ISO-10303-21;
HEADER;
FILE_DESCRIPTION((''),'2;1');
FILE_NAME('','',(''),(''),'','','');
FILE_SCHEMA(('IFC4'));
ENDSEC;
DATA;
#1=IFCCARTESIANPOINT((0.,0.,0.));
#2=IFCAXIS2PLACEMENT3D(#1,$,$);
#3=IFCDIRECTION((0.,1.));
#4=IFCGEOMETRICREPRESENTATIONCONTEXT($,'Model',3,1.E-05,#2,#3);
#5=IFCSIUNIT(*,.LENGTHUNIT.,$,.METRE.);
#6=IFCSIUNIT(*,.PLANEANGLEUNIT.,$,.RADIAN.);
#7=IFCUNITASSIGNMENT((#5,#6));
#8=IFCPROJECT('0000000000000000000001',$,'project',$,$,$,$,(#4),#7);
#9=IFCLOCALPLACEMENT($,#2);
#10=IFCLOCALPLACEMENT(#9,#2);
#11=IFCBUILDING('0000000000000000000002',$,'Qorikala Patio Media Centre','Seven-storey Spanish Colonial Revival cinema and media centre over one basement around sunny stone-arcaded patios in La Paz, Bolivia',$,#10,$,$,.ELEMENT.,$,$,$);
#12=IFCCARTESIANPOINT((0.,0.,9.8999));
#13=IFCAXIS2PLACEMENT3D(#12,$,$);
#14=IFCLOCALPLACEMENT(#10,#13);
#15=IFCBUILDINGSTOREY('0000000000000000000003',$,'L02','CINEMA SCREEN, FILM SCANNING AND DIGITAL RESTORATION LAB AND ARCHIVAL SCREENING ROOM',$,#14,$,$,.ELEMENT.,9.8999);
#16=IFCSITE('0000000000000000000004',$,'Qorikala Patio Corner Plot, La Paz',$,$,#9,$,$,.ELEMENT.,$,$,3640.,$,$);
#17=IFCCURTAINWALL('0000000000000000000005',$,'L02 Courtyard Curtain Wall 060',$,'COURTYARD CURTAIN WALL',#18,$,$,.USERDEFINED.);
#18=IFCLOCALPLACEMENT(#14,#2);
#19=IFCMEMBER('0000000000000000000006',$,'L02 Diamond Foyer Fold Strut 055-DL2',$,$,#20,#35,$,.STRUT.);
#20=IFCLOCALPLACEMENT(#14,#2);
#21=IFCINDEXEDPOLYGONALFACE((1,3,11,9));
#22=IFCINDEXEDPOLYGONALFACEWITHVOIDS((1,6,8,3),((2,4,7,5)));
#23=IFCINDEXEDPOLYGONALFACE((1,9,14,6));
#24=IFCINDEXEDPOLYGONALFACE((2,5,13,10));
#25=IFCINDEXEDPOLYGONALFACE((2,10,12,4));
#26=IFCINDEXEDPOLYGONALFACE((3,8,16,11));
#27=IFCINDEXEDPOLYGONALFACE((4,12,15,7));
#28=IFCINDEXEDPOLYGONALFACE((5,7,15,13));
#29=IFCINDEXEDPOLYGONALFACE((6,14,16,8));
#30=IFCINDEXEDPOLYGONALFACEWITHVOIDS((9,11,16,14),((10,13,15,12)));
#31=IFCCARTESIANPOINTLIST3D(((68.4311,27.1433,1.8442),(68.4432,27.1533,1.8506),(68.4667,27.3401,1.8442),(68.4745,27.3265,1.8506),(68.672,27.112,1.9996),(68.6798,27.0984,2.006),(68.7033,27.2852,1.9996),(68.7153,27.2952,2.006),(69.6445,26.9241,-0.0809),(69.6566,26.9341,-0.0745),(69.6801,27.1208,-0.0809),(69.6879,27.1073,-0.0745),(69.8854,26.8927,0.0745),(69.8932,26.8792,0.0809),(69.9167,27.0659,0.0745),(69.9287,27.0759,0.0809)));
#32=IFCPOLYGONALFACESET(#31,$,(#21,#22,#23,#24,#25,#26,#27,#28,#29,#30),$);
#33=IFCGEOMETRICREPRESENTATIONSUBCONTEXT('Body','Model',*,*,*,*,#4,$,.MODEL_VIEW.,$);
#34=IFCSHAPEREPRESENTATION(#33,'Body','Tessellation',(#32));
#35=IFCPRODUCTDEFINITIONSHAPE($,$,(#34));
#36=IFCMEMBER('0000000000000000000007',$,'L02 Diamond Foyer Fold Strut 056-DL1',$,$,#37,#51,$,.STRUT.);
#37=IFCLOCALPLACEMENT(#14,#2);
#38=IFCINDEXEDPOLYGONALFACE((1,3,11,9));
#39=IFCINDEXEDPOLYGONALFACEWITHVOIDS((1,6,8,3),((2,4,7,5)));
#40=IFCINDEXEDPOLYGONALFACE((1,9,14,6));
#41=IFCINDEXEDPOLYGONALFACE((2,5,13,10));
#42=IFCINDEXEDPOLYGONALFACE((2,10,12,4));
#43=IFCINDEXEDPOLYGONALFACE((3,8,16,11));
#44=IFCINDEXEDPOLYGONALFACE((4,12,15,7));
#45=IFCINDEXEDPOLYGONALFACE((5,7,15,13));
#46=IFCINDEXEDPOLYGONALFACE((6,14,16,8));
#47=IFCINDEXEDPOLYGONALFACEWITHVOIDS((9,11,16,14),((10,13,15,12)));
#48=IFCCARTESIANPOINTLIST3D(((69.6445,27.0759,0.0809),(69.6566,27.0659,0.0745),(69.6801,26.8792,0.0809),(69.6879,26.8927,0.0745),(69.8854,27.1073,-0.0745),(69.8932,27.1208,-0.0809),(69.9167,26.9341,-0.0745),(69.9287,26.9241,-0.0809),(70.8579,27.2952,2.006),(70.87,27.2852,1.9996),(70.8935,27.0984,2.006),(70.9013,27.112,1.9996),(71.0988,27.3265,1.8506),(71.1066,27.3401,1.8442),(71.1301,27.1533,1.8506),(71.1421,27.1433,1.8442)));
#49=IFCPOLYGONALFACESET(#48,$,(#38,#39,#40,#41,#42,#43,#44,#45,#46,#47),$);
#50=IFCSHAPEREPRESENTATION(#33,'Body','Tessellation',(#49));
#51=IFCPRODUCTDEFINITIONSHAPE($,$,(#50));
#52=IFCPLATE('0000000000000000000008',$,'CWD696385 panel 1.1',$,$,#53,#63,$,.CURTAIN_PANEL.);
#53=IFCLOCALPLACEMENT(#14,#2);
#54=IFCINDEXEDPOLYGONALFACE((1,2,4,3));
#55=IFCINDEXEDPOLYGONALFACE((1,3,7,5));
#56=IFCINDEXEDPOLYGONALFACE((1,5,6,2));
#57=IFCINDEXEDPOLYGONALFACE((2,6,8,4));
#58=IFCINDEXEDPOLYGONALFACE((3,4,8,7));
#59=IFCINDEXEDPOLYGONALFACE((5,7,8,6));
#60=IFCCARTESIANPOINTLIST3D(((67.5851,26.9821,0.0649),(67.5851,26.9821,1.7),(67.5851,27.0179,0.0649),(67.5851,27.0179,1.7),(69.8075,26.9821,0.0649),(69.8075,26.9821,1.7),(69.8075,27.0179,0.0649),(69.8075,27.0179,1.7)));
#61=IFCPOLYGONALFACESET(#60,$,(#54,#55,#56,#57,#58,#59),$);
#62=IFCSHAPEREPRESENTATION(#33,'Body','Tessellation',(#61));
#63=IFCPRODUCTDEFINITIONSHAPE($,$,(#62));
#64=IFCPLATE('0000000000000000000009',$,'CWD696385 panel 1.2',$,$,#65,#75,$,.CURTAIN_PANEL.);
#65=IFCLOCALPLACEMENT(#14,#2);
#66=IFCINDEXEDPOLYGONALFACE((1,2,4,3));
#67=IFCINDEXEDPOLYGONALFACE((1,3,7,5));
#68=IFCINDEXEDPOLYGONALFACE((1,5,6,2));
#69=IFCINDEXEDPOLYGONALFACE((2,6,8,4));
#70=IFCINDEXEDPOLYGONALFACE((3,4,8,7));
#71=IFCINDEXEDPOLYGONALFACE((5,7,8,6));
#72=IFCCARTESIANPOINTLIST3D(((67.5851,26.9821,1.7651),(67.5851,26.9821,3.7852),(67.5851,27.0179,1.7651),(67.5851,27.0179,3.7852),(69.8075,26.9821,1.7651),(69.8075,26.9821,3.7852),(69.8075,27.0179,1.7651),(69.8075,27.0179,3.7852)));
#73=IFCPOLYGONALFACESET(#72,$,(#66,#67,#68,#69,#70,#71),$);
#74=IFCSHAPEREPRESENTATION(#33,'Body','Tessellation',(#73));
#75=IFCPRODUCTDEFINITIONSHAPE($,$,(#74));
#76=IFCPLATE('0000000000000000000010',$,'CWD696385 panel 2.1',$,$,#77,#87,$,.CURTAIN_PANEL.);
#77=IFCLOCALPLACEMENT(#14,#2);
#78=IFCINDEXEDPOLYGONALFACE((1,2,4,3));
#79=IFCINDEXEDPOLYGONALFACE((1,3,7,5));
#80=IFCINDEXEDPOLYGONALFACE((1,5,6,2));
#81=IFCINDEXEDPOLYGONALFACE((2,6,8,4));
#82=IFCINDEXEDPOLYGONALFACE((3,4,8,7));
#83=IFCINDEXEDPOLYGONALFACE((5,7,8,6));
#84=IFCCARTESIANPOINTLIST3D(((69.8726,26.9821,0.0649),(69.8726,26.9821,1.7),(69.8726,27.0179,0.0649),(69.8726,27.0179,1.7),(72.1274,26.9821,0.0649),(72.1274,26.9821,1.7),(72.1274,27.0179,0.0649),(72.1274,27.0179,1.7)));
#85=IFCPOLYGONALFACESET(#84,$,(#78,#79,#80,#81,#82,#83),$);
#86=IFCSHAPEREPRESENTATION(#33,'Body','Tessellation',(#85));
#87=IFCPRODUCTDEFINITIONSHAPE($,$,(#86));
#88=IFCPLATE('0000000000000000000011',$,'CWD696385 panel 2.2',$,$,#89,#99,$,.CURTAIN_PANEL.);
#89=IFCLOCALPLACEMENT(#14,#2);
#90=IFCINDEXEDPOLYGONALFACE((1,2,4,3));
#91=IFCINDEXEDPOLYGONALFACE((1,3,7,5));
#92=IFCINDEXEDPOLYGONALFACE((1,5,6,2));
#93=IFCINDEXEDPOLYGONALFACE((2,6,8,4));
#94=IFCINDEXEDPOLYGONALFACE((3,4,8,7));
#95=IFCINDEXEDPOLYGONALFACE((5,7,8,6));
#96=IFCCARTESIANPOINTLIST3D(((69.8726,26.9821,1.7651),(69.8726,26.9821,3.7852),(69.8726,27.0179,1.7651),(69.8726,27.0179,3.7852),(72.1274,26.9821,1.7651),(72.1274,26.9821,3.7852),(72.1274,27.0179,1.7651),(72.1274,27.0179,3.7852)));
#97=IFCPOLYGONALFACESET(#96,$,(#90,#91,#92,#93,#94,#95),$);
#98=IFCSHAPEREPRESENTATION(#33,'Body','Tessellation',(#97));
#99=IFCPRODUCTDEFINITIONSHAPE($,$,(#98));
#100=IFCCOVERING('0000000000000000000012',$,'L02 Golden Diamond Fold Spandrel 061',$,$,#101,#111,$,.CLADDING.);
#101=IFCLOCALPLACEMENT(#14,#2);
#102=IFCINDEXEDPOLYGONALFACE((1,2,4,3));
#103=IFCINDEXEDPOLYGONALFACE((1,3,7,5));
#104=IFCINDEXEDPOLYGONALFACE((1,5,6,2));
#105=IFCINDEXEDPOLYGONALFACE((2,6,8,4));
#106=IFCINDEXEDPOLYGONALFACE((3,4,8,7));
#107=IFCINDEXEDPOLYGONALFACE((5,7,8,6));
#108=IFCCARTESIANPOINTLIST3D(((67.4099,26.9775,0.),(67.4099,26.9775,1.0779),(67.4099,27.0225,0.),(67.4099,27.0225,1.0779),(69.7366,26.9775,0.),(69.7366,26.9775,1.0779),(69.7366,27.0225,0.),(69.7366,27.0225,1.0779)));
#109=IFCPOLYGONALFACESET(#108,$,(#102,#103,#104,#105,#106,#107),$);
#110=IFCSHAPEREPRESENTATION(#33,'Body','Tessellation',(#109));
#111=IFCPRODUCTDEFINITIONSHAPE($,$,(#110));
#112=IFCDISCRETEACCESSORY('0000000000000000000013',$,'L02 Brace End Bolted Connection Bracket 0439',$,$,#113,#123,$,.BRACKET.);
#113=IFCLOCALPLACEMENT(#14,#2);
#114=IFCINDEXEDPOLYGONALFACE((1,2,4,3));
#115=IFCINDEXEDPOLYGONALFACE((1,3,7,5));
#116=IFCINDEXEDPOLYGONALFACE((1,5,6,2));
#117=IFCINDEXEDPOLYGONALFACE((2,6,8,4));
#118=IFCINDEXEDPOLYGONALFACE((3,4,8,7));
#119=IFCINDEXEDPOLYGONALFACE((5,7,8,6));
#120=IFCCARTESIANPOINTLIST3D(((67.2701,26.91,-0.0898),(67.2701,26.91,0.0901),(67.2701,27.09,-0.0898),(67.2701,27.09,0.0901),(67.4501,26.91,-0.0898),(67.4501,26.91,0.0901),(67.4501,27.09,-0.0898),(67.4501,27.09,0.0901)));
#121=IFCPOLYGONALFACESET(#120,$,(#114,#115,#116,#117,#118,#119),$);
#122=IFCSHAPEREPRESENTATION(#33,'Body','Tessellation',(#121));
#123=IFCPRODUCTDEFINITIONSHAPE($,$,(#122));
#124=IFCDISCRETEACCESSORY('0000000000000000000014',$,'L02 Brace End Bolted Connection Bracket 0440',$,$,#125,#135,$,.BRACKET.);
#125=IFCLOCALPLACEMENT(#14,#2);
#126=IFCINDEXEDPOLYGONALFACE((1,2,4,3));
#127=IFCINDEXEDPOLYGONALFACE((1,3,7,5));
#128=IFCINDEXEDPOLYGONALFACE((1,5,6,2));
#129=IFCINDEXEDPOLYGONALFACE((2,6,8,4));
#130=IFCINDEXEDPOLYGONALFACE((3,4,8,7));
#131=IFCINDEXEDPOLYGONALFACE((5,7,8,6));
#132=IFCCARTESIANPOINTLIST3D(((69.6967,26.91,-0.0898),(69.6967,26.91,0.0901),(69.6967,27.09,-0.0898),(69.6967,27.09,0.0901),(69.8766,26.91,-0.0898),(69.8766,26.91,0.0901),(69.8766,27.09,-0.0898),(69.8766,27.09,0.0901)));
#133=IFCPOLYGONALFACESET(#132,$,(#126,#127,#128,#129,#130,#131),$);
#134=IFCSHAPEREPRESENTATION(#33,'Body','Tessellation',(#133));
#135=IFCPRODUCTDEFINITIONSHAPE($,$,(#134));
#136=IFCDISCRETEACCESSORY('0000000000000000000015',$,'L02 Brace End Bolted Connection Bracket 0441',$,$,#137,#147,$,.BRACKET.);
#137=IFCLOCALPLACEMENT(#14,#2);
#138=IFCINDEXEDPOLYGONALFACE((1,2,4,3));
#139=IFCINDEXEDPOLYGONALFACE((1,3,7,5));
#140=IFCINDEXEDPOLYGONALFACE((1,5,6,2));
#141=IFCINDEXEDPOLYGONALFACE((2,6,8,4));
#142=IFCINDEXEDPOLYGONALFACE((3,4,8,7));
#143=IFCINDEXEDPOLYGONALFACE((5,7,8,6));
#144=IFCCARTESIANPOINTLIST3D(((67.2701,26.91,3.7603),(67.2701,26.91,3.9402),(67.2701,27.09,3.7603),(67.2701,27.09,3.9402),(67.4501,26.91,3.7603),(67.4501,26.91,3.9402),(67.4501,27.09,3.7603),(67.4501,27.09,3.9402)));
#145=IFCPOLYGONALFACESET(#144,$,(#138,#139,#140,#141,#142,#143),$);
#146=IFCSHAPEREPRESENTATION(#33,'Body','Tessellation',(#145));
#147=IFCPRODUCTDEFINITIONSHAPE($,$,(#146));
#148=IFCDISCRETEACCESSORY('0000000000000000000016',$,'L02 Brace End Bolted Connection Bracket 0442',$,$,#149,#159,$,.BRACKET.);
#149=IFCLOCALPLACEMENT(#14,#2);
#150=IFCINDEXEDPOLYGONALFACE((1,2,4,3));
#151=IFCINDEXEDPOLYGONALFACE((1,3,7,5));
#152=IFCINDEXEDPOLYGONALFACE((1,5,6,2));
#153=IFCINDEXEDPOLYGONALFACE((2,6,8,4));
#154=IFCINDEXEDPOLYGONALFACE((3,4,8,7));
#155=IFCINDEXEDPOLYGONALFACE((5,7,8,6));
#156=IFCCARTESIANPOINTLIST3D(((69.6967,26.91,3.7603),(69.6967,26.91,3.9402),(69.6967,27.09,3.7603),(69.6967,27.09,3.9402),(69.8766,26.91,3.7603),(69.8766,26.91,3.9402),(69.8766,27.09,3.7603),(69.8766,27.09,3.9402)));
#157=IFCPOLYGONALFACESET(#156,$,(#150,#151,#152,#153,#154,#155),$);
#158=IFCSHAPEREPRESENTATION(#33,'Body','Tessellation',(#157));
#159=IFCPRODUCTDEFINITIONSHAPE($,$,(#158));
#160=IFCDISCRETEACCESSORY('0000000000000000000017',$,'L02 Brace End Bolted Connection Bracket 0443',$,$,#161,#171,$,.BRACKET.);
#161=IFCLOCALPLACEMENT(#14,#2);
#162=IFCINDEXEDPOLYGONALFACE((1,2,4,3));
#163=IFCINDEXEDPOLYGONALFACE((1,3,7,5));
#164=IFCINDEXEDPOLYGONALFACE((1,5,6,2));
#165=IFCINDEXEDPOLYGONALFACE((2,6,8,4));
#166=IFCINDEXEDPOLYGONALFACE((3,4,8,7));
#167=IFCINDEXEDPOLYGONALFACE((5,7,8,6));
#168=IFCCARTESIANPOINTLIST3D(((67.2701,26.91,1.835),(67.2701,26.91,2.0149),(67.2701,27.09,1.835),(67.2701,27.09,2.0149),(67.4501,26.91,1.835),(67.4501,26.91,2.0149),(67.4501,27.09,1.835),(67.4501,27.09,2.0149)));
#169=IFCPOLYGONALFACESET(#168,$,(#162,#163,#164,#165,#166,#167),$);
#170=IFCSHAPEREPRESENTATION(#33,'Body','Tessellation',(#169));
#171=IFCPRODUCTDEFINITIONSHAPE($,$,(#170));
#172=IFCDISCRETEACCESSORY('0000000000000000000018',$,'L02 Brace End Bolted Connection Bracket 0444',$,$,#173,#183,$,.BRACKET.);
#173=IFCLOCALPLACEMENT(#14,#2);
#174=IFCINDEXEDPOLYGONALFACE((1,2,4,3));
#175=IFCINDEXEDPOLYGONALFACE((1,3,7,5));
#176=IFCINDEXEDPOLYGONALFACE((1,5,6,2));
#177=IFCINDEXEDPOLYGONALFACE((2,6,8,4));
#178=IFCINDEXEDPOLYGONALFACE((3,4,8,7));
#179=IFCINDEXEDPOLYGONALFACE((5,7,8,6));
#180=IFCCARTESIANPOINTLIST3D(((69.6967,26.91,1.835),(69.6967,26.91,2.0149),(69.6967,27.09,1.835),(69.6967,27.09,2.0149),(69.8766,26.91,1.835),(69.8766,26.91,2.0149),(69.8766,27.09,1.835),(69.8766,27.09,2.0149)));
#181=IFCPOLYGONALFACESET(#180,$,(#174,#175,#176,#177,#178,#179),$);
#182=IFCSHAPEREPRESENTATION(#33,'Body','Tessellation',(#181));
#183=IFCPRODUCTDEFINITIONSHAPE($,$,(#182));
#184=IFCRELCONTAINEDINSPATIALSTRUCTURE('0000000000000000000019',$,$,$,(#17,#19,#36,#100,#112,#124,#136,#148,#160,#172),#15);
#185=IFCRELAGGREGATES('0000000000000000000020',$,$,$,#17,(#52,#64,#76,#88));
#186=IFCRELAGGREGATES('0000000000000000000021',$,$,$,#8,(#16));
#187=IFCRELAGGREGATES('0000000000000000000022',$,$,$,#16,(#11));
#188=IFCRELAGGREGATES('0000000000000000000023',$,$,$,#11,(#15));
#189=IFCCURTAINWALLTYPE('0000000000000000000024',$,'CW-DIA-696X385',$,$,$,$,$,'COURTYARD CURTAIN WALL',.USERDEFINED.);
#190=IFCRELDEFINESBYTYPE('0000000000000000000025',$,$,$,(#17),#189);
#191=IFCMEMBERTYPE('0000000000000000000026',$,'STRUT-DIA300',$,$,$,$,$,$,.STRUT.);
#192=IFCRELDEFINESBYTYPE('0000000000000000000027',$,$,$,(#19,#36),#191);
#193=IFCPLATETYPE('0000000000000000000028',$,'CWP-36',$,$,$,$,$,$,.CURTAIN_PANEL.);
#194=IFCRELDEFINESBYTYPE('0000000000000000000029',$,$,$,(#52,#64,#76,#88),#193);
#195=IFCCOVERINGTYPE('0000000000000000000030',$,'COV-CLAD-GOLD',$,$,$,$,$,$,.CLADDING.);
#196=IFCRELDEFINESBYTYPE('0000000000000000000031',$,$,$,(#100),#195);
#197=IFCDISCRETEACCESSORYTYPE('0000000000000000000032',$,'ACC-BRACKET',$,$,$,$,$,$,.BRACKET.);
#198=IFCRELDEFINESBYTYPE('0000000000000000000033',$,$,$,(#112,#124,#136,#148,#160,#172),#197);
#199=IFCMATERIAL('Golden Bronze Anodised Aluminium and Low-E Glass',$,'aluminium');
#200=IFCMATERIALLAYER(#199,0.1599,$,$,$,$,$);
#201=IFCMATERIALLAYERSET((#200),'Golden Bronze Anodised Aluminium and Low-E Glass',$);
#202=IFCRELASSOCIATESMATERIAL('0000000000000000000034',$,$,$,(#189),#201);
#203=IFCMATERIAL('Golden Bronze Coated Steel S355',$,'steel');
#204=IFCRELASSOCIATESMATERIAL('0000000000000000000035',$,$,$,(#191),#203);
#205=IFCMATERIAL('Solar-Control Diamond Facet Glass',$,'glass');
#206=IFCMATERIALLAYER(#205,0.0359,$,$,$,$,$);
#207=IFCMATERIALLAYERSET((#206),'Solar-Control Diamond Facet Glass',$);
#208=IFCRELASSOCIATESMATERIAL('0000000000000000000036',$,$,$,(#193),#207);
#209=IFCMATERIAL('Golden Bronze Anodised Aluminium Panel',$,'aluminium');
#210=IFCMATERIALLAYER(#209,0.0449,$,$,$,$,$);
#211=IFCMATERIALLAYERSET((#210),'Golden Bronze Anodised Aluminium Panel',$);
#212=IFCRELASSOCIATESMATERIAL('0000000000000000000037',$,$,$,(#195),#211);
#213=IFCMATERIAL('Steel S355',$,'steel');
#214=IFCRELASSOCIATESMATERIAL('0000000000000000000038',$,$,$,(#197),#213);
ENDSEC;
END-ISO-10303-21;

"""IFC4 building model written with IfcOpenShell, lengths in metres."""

from ifc_helpers import new_model, si_unit, direction, frame, origin, origin_2d, place, context, subcontext, project, spatial, rectangle, hollow_rectangle, extrude, material, layer, layer_set, material_profile, profile_set, type_object, element, aggregate, save


model = new_model("IFC4")

# Units and contexts
model_context = context("Model", 3, precision=1e-05, world=origin(), true_north=direction((0.0, 1.0)))
body_context = subcontext(model_context, "Body", "Model", "MODEL_VIEW")
ifc_project = project(units=[si_unit("LENGTHUNIT", "METRE"), si_unit("PLANEANGLEUNIT", "RADIAN")], contexts=[model_context])

# Site, building, storey
site_placement = place(None, origin())
site = spatial("IfcSite", under=ifc_project, at=site_placement, Name="Qorikala Patio Corner Plot, La Paz", CompositionType="ELEMENT", RefElevation=3640.0)
building_placement = place(site_placement, origin())
building = spatial("IfcBuilding", under=site, at=building_placement, Name="Qorikala Patio Media Centre", Description="Seven-storey Spanish Colonial Revival cinema and media centre over one basement around sunny stone-arcaded patios in La Paz, Bolivia", CompositionType="ELEMENT")
storey_placement = place(building_placement, frame((0.0, 0.0, 9.8999)))
storey = spatial("IfcBuildingStorey", under=building, at=storey_placement, Name="L02", Description="CINEMA SCREEN, FILM SCANNING AND DIGITAL RESTORATION LAB AND ARCHIVAL SCREENING ROOM", CompositionType="ELEMENT", Elevation=9.8999)

# Shared definitions
ifc_material_1 = material(Name="Golden Bronze Coated Steel S355", Category="steel")

# Curtain wall
ifc_material_2 = material(Name="Golden Bronze Anodised Aluminium and Low-E Glass", Category="aluminium")
ifc_layer_1 = layer(ifc_material_2, 0.1599)
ifc_layer_set_1 = layer_set([ifc_layer_1], Name="Golden Bronze Anodised Aluminium and Low-E Glass")
curtain_wall_type = type_object("IfcCurtainWallType", Name="CW-DIA-696X385", ElementType="COURTYARD CURTAIN WALL", PredefinedType="USERDEFINED", material=ifc_layer_set_1)
curtain_wall_placement = place(storey_placement, origin())
curtain_wall = element("IfcCurtainWall", 1, at=curtain_wall_placement, inside=storey, type_object=curtain_wall_type, Name="L02 Courtyard Curtain Wall 060", ObjectType="COURTYARD CURTAIN WALL", PredefinedType="USERDEFINED")

# Members
ifc_material_profile_1 = material_profile(ifc_material_1, hollow_rectangle(XDim=0.2, YDim=0.3, WallThickness=0.012, at=origin_2d()), Name="HSS300X200X12")
ifc_profile_set_1 = profile_set([ifc_material_profile_1], Name="Golden Bronze Coated Steel S355")
member_type_1 = type_object("IfcMemberType", Name="STRUT-DIA300", PredefinedType="STRUT", material=ifc_profile_set_1)
for number, where, z_axis, x_axis, name in (
    (2, (69.7866, 27.0, 0.0), (-0.530768, 0.095901, 0.842074), (-0.177805, -0.984066, 0.0), "L02 Diamond Foyer Fold Strut 055-DL2"),
    (3, (69.7866, 27.0, 0.0), (0.530768, 0.095901, 0.842074), (-0.177805, 0.984066, 0.0), "L02 Diamond Foyer Fold Strut 056-DL1"),
):
    element("IfcMember", number, at=place(storey_placement, frame(where, z_axis=z_axis, x_axis=x_axis)), inside=storey, type_object=member_type_1, Name=name, PredefinedType="STRUT", context=body_context, shape_type="SweptSolid", body=[
        extrude(hollow_rectangle(XDim=0.2, YDim=0.3, WallThickness=0.012, at=origin_2d()), origin(), (0.0, 0.0, 1.0), 2.2861),
    ])

# Plates
ifc_material_3 = material(Name="Solar-Control Diamond Facet Glass", Category="glass")
ifc_layer_2 = layer(ifc_material_3, 0.0359)
ifc_layer_set_2 = layer_set([ifc_layer_2], Name="Solar-Control Diamond Facet Glass")
plate_type = type_object("IfcPlateType", Name="CWP-36", PredefinedType="CURTAIN_PANEL", material=ifc_layer_set_2)
plate_1_placement = place(storey_placement, frame((68.6963, 27.0, 0.0649), z_axis=(0.0, 0.0, 1.0), x_axis=(1.0, 0.0, 0.0)))
plate_1 = element("IfcPlate", 4, at=plate_1_placement, type_object=plate_type, Name="CWD696385 panel 1.1", PredefinedType="CURTAIN_PANEL", context=body_context, shape_type="SweptSolid", body=[
    extrude(rectangle(XDim=2.2224, YDim=0.0359, at=origin_2d()), origin(), (0.0, 0.0, 1.0), 1.635),
])
plate_2_placement = place(storey_placement, frame((68.6963, 27.0, 1.7651), z_axis=(0.0, 0.0, 1.0), x_axis=(1.0, 0.0, 0.0)))
plate_2 = element("IfcPlate", 5, at=plate_2_placement, type_object=plate_type, Name="CWD696385 panel 1.2", PredefinedType="CURTAIN_PANEL", context=body_context, shape_type="SweptSolid", body=[
    extrude(rectangle(XDim=2.2224, YDim=0.0359, at=origin_2d()), origin(), (0.0, 0.0, 1.0), 2.02),
])
plate_3_placement = place(storey_placement, frame((71.0, 27.0, 0.0649), z_axis=(0.0, 0.0, 1.0), x_axis=(1.0, 0.0, 0.0)))
plate_3 = element("IfcPlate", 6, at=plate_3_placement, type_object=plate_type, Name="CWD696385 panel 2.1", PredefinedType="CURTAIN_PANEL", context=body_context, shape_type="SweptSolid", body=[
    extrude(rectangle(XDim=2.2549, YDim=0.0359, at=origin_2d()), origin(), (0.0, 0.0, 1.0), 1.635),
])
plate_4_placement = place(storey_placement, frame((71.0, 27.0, 1.7651), z_axis=(0.0, 0.0, 1.0), x_axis=(1.0, 0.0, 0.0)))
plate_4 = element("IfcPlate", 7, at=plate_4_placement, type_object=plate_type, Name="CWD696385 panel 2.2", PredefinedType="CURTAIN_PANEL", context=body_context, shape_type="SweptSolid", body=[
    extrude(rectangle(XDim=2.2549, YDim=0.0359, at=origin_2d()), origin(), (0.0, 0.0, 1.0), 2.02),
])
aggregate(curtain_wall, [plate_1, plate_2, plate_3, plate_4])

# Covering
ifc_material_4 = material(Name="Golden Bronze Anodised Aluminium Panel", Category="aluminium")
ifc_layer_3 = layer(ifc_material_4, 0.0449)
ifc_layer_set_3 = layer_set([ifc_layer_3], Name="Golden Bronze Anodised Aluminium Panel")
covering_type = type_object("IfcCoveringType", Name="COV-CLAD-GOLD", PredefinedType="CLADDING", material=ifc_layer_set_3)
covering_placement = place(storey_placement, frame((68.5732, 27.0, 0.0), z_axis=(0.0, 0.0, 1.0), x_axis=(1.0, 0.0, 0.0)))
element("IfcCovering", 8, at=covering_placement, inside=storey, type_object=covering_type, Name="L02 Golden Diamond Fold Spandrel 061", PredefinedType="CLADDING", context=body_context, shape_type="SweptSolid", body=[
    extrude(rectangle(XDim=2.3267, YDim=0.0449, at=origin_2d()), origin(), (0.0, 0.0, 1.0), 1.0779),
])

# Discrete accessories
ifc_material_5 = material(Name="Steel S355", Category="steel")
discrete_accessory_type = type_object("IfcDiscreteAccessoryType", Name="ACC-BRACKET", PredefinedType="BRACKET", material=ifc_material_5)
for number, where, z_axis, x_axis, name in (
    (9, (67.3601, 27.0, -0.0898), (0.0, 0.0, 1.0), (1.0, 0.0, 0.0), "L02 Brace End Bolted Connection Bracket 0439"),
    (10, (69.7866, 27.0, -0.0898), (0.0, 0.0, 1.0), (1.0, 0.0, 0.0), "L02 Brace End Bolted Connection Bracket 0440"),
    (11, (67.3601, 27.0, 3.7603), (0.0, 0.0, 1.0), (1.0, 0.0, 0.0), "L02 Brace End Bolted Connection Bracket 0441"),
    (12, (69.7866, 27.0, 3.7603), (0.0, 0.0, 1.0), (1.0, 0.0, 0.0), "L02 Brace End Bolted Connection Bracket 0442"),
    (13, (67.3601, 27.0, 1.835), (0.0, 0.0, 1.0), (1.0, 0.0, 0.0), "L02 Brace End Bolted Connection Bracket 0443"),
    (14, (69.7866, 27.0, 1.835), (0.0, 0.0, 1.0), (1.0, 0.0, 0.0), "L02 Brace End Bolted Connection Bracket 0444"),
):
    element("IfcDiscreteAccessory", number, at=place(storey_placement, frame(where, z_axis=z_axis, x_axis=x_axis)), inside=storey, type_object=discrete_accessory_type, Name=name, PredefinedType="BRACKET", context=body_context, shape_type="SweptSolid", body=[
        extrude(rectangle(XDim=0.1799, YDim=0.1799, at=origin_2d()), origin(), (0.0, 0.0, 1.0), 0.1799),
    ])

save(model, "model.ifc")
